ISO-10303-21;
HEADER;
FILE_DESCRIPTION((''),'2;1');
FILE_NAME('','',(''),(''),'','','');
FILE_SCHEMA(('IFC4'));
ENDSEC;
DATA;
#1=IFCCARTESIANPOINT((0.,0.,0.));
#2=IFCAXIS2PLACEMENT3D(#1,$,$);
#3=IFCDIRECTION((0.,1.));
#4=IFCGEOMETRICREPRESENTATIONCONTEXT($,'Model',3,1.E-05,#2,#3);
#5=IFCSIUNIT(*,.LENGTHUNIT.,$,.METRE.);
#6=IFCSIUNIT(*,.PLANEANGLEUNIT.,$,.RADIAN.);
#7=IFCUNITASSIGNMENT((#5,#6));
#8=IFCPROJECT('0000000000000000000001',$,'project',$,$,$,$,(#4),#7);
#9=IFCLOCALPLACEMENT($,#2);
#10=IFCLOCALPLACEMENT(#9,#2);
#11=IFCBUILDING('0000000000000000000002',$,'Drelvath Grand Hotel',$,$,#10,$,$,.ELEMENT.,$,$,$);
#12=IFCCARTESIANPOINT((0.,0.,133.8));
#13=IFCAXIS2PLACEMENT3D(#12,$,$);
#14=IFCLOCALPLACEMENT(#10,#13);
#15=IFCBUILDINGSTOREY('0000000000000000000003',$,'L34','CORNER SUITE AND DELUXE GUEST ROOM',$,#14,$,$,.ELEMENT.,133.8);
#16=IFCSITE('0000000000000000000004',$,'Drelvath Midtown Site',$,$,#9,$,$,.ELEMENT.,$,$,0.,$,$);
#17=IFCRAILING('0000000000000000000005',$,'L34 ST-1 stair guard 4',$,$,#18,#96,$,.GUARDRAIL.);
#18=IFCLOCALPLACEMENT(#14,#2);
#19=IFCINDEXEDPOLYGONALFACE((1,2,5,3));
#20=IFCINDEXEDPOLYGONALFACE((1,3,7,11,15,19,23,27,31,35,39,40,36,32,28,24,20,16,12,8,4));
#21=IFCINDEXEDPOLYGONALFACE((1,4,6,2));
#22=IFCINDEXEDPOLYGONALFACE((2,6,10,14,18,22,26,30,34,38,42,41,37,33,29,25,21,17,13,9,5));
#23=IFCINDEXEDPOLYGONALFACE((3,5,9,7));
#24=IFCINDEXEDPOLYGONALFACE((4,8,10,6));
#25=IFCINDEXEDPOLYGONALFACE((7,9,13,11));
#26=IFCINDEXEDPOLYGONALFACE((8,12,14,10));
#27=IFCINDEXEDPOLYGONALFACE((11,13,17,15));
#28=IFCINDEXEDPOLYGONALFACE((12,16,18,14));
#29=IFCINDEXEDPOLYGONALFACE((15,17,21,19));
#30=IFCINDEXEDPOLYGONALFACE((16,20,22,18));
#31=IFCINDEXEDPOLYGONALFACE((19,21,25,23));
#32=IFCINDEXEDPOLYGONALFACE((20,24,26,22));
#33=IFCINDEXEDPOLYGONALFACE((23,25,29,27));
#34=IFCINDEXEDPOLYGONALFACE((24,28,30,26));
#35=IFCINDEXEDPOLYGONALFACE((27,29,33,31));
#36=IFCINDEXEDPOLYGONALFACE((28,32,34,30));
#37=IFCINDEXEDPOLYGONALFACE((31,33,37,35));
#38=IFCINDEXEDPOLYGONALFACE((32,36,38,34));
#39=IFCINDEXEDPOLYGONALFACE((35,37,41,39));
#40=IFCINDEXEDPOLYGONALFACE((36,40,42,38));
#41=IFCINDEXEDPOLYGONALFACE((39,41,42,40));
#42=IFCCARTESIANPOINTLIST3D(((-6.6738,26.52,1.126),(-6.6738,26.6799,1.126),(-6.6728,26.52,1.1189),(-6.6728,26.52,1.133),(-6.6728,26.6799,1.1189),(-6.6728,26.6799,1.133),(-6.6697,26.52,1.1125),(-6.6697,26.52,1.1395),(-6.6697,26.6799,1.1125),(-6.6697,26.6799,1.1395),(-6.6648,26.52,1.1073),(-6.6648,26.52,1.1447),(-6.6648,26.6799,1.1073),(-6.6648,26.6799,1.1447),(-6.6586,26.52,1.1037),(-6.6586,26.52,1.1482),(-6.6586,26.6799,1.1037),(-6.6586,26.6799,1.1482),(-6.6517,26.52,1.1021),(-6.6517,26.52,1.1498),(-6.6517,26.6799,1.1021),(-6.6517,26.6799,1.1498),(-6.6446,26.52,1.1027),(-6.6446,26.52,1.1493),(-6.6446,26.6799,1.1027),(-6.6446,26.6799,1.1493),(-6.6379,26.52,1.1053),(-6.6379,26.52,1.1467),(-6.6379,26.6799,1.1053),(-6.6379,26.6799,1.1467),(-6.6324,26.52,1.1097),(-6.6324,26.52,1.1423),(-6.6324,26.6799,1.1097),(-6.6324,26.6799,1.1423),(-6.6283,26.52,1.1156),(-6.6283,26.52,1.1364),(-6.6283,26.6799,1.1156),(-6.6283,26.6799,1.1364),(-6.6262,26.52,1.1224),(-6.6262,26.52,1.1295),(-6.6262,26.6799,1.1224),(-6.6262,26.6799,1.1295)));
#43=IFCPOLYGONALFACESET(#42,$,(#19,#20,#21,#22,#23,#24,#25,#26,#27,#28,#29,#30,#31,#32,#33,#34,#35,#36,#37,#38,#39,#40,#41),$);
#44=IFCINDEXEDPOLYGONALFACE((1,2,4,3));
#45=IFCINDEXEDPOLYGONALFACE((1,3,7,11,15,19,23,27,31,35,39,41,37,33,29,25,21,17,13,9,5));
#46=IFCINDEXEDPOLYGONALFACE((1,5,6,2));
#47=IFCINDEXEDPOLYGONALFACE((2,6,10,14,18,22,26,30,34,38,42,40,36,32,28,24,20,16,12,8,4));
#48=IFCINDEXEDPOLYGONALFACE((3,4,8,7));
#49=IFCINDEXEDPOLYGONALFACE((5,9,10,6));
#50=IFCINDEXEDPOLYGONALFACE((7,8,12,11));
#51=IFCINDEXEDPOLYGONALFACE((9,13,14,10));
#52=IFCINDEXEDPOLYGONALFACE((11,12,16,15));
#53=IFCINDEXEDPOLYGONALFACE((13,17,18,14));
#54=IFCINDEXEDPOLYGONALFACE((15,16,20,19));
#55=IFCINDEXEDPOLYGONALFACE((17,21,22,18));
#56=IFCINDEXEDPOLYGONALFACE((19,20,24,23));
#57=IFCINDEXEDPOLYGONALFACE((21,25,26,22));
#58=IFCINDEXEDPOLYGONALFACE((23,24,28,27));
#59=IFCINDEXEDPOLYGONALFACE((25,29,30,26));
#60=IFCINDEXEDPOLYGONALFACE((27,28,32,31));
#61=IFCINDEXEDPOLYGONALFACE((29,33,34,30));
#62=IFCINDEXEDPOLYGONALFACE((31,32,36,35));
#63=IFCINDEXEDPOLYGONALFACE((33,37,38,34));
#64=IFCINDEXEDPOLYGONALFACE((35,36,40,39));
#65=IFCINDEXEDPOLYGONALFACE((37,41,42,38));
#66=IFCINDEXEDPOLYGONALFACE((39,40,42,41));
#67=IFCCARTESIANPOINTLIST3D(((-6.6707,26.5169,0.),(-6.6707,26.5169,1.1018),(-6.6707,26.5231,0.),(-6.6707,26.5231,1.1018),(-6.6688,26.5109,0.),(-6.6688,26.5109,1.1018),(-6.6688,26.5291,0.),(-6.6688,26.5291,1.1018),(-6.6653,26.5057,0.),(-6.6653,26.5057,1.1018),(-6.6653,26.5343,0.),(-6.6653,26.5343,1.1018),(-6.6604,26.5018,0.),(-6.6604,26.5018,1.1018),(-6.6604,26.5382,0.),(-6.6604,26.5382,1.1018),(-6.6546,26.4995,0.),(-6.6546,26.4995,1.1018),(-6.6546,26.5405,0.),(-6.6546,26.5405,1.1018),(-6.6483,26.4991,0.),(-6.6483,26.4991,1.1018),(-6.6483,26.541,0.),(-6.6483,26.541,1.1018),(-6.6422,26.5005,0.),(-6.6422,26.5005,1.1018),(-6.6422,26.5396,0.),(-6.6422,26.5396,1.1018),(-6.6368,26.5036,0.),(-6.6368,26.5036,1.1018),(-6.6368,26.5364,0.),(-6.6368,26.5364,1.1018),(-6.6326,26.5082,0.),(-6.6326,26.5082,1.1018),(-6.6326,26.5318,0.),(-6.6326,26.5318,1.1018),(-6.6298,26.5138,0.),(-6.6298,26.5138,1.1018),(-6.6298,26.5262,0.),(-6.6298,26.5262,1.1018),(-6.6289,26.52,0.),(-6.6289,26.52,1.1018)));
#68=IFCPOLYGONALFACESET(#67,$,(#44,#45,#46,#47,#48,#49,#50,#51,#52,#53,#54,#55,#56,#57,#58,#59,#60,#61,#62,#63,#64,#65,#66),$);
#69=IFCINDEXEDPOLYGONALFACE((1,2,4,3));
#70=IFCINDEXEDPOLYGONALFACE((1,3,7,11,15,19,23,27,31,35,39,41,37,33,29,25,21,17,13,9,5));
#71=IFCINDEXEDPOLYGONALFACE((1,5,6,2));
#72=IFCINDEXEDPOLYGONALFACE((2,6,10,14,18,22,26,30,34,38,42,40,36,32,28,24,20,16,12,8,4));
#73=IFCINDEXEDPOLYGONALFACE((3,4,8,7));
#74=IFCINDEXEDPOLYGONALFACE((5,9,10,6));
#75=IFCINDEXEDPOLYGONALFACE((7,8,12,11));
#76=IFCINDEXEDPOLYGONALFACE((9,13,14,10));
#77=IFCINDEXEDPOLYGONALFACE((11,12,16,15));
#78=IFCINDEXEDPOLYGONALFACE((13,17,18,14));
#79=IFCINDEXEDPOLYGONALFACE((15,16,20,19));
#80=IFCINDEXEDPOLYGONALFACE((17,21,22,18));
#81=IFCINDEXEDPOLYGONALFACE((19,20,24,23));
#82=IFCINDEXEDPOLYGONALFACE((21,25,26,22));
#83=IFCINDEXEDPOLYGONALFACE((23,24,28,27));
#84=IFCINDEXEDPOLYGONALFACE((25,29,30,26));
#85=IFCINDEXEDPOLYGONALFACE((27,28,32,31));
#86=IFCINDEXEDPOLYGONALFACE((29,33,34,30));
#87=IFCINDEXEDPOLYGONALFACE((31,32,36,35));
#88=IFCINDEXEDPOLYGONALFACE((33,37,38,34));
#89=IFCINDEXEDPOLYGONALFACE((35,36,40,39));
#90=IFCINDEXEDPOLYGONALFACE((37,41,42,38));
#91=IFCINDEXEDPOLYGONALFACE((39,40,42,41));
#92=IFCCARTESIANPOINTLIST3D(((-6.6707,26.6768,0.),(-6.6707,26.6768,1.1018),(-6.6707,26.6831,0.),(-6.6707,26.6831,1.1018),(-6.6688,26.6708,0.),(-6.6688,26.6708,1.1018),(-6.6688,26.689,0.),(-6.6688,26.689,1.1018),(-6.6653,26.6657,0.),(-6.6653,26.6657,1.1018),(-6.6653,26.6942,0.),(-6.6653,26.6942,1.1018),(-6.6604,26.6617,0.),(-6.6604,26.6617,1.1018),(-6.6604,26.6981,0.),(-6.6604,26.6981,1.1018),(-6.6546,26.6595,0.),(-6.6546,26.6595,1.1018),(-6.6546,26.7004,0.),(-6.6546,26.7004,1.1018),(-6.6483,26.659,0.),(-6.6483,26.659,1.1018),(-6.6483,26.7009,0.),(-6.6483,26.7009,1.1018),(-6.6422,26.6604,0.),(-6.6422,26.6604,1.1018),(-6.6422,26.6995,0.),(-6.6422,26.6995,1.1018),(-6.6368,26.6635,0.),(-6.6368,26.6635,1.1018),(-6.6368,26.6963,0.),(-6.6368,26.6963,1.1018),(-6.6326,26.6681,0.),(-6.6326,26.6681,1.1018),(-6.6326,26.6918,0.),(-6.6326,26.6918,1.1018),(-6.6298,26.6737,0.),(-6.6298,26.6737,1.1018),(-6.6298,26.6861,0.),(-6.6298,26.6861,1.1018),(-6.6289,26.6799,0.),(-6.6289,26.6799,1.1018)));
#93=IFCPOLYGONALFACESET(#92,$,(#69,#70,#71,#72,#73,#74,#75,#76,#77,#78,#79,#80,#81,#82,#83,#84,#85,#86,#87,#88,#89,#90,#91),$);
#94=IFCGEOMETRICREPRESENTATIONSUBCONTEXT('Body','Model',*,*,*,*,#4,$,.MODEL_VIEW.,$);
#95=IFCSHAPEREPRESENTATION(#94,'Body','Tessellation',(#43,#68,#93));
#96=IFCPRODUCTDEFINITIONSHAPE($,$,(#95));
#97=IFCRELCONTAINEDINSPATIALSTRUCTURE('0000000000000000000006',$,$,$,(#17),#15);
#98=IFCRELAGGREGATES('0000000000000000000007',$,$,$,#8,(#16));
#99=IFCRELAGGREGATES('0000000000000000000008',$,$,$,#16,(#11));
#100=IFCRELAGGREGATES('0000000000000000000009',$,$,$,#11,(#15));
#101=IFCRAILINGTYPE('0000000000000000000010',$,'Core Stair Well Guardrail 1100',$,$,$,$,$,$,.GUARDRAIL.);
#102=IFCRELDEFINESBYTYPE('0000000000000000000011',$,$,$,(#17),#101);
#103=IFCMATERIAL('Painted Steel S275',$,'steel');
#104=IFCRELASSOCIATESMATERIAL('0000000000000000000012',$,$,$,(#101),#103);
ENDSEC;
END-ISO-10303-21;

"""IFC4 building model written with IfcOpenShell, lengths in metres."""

from ifc_helpers import new_model, si_unit, direction, frame, origin, origin_2d, place, context, subcontext, project, spatial, circle, extrude, material, type_object, element, save


model = new_model("IFC4")

# Units and contexts
model_context = context("Model", 3, precision=1e-05, world=origin(), true_north=direction((0.0, 1.0)))
body_context = subcontext(model_context, "Body", "Model", "MODEL_VIEW")
ifc_project = project(units=[si_unit("LENGTHUNIT", "METRE"), si_unit("PLANEANGLEUNIT", "RADIAN")], contexts=[model_context])

# Site, building, storey
site_placement = place(None, origin())
site = spatial("IfcSite", under=ifc_project, at=site_placement, Name="Drelvath Midtown Site", CompositionType="ELEMENT", RefElevation=0.0)
building_placement = place(site_placement, origin())
building = spatial("IfcBuilding", under=site, at=building_placement, Name="Drelvath Grand Hotel", CompositionType="ELEMENT")
storey_placement = place(building_placement, frame((0.0, 0.0, 133.8)))
storey = spatial("IfcBuildingStorey", under=building, at=storey_placement, Name="L34", Description="CORNER SUITE AND DELUXE GUEST ROOM", CompositionType="ELEMENT", Elevation=133.8)

# Shared definitions
ifc_material_1 = material(Name="Painted Steel S275", Category="steel")

# Railing
railing_type = type_object("IfcRailingType", Name="Core Stair Well Guardrail 1100", PredefinedType="GUARDRAIL", material=ifc_material_1)
railing_placement = place(storey_placement, frame((-6.6499, 26.52, 0.0)))
element("IfcRailing", 1, at=railing_placement, inside=storey, type_object=railing_type, Name="L34 ST-1 stair guard 4", PredefinedType="GUARDRAIL", context=body_context, shape_type="SweptSolid", body=[
    extrude(circle(Radius=0.0239, at=origin_2d()), frame((0.0, 0.0, 1.126), z_axis=(0.0, 1.0, 0.0), x_axis=(-1.0, 0.0, 0.0)), (0.0, 0.0, 1.0), 0.1599),
    extrude(circle(Radius=0.021, at=origin_2d()), origin(), (0.0, 0.0, 1.0), 1.1018),
    extrude(circle(Radius=0.021, at=origin_2d()), frame((0.0, 0.1599, 0.0)), (0.0, 0.0, 1.0), 1.1018),
])

save(model, "model.ifc")
